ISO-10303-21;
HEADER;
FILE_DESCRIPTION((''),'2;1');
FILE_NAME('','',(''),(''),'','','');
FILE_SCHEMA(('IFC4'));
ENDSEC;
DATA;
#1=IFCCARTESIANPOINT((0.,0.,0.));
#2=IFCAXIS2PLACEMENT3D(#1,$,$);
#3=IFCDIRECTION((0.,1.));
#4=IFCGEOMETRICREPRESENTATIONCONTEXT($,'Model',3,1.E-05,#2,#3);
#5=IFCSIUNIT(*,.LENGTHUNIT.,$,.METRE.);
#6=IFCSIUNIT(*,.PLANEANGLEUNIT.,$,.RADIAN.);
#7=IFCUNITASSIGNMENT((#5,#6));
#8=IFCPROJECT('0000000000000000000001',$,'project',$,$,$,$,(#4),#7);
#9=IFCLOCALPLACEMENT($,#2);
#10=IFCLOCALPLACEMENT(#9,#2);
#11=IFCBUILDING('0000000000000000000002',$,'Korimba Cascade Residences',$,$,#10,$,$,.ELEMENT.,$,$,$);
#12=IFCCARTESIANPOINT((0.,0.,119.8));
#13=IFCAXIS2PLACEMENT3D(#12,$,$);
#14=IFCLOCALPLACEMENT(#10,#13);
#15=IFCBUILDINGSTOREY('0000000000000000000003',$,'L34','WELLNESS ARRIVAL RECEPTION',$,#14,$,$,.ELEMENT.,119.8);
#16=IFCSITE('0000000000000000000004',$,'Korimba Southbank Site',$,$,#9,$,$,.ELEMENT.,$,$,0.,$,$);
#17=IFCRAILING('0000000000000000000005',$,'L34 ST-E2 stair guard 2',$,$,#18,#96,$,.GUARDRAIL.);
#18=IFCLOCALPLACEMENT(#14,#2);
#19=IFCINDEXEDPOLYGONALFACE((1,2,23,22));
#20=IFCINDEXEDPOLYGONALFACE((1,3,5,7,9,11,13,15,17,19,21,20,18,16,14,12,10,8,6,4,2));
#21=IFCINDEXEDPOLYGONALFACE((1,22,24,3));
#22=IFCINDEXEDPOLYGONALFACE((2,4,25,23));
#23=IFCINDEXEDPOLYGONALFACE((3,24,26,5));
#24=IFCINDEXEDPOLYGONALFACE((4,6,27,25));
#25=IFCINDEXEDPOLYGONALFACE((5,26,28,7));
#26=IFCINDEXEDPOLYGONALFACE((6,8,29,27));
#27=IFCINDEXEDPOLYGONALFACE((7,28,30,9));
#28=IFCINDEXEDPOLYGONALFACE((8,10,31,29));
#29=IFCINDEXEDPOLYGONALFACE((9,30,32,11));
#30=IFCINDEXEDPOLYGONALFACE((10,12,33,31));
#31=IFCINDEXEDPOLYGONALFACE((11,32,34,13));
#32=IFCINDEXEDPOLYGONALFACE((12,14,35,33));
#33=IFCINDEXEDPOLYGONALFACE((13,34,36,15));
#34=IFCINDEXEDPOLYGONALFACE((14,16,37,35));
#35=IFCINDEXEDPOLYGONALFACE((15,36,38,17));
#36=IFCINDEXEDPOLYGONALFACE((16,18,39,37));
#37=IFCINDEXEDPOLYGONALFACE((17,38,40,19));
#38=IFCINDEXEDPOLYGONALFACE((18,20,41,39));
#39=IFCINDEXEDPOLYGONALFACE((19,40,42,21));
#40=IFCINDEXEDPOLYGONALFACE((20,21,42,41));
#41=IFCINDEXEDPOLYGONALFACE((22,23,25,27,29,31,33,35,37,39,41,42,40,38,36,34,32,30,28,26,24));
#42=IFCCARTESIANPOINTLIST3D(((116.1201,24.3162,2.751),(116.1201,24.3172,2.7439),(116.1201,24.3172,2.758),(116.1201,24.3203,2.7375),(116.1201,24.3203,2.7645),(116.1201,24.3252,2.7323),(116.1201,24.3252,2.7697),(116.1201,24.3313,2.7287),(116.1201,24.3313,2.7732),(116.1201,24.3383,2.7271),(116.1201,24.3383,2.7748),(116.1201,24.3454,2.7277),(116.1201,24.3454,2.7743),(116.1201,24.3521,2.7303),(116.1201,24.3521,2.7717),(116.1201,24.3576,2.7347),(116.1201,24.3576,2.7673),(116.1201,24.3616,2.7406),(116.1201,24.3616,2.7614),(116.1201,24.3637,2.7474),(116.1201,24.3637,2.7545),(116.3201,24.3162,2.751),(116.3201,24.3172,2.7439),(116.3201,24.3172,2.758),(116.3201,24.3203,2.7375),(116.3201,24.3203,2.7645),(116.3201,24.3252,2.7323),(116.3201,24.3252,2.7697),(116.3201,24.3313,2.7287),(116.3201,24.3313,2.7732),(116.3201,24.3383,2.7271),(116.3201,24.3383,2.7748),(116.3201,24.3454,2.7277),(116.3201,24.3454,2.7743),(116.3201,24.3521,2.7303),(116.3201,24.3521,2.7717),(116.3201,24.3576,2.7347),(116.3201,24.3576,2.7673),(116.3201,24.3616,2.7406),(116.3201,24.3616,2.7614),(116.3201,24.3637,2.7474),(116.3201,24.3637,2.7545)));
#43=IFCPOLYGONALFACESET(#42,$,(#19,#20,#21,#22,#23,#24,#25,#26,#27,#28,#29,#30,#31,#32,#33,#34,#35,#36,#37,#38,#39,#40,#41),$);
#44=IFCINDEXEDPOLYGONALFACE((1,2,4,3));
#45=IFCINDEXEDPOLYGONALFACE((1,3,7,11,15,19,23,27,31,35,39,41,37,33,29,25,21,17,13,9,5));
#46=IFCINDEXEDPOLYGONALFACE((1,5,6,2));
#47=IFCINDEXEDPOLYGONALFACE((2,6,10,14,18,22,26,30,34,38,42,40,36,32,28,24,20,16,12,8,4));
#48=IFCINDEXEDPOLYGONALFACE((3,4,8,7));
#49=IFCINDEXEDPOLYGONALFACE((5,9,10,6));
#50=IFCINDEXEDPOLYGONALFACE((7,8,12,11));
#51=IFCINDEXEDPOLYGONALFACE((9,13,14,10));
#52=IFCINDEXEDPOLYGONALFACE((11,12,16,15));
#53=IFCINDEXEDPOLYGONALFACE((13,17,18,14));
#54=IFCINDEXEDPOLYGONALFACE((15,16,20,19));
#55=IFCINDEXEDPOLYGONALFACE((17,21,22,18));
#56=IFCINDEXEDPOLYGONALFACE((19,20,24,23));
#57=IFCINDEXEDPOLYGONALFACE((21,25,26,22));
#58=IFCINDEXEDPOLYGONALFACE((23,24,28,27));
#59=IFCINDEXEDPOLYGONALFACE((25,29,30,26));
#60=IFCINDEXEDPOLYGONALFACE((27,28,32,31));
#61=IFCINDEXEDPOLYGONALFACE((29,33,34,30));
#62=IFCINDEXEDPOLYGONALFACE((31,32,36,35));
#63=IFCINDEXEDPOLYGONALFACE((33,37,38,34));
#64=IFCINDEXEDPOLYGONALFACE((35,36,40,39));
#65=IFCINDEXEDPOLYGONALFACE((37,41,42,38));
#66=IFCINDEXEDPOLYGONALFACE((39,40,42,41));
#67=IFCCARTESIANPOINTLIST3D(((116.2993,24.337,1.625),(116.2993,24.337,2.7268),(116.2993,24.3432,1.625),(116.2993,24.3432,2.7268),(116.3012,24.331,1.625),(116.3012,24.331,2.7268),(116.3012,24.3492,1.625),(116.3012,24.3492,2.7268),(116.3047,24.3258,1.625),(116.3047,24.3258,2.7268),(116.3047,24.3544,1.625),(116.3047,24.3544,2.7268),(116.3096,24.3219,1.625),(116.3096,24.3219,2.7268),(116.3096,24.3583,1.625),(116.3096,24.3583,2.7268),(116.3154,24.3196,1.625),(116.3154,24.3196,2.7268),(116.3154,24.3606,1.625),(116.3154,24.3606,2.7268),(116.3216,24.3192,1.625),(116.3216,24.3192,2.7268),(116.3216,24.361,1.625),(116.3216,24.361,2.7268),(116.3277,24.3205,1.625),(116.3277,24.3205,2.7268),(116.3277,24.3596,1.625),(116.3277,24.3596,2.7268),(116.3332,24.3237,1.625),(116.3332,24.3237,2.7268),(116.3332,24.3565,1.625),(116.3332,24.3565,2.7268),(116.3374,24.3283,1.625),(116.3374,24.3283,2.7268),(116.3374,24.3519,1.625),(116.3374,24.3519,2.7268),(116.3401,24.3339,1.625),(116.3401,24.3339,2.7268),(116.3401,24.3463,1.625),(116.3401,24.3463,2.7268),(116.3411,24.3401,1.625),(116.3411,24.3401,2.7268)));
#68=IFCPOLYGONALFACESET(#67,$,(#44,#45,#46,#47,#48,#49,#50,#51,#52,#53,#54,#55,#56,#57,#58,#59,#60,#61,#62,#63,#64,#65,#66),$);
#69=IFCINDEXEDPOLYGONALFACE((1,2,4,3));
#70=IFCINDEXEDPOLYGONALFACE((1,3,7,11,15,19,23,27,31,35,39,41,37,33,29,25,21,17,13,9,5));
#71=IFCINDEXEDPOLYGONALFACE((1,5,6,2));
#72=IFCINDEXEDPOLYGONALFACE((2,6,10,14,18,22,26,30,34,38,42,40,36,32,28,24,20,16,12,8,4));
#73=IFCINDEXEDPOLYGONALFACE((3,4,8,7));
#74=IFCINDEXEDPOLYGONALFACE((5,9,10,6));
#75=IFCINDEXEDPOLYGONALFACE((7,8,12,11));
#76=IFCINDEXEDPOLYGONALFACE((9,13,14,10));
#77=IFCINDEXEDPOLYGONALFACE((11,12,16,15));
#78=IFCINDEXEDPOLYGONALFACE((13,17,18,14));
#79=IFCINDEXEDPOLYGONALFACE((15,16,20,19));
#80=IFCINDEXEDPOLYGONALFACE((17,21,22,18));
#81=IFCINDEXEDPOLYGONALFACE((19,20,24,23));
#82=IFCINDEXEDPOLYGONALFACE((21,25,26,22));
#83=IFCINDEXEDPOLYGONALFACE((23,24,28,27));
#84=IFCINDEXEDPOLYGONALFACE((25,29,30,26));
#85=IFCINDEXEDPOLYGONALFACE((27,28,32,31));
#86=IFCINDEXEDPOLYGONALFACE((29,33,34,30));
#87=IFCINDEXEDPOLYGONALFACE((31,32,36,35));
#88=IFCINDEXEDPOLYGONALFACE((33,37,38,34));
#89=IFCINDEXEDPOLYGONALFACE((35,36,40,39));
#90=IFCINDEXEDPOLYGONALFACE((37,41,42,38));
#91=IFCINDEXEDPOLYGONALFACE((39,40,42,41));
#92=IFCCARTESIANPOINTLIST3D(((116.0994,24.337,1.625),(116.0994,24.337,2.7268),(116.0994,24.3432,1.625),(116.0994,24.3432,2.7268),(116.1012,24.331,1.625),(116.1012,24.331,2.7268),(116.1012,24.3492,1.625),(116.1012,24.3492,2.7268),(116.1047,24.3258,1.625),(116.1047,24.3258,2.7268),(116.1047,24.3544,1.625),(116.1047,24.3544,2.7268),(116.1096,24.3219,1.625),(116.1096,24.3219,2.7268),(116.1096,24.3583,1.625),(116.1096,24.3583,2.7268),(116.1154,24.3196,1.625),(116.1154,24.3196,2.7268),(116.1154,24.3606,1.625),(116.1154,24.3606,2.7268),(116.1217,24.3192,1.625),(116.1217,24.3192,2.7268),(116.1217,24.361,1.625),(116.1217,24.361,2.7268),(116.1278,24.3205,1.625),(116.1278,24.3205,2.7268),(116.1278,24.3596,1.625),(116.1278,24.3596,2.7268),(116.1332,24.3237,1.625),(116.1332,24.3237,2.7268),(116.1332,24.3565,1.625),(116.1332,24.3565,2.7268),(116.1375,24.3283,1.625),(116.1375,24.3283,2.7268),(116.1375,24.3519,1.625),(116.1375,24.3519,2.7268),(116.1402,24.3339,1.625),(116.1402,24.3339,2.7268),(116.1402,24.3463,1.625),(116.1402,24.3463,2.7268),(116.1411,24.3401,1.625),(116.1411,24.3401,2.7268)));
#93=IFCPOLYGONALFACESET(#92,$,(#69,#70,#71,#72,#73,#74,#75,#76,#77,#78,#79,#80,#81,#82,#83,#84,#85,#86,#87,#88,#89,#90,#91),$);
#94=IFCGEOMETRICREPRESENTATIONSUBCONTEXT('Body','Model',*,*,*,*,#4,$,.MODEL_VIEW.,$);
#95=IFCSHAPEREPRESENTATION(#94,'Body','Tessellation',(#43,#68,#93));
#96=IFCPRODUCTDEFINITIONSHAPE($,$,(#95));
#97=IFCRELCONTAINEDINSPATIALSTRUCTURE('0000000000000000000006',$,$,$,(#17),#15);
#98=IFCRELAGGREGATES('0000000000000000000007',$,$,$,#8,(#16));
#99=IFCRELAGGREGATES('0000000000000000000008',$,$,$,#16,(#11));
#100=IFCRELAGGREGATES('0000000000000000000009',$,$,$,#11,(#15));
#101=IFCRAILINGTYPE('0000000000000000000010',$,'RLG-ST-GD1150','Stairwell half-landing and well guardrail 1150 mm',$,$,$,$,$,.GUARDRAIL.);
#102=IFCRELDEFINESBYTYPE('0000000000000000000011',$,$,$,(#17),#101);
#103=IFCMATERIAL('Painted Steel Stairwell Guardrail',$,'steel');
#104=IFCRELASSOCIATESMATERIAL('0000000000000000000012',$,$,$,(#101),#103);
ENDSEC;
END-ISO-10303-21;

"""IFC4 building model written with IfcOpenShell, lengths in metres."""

from ifc_helpers import new_model, si_unit, direction, frame, origin, origin_2d, place, context, subcontext, project, spatial, circle, extrude, material, type_object, element, save


model = new_model("IFC4")

# Units and contexts
model_context = context("Model", 3, precision=1e-05, world=origin(), true_north=direction((0.0, 1.0)))
body_context = subcontext(model_context, "Body", "Model", "MODEL_VIEW")
ifc_project = project(units=[si_unit("LENGTHUNIT", "METRE"), si_unit("PLANEANGLEUNIT", "RADIAN")], contexts=[model_context])

# Site, building, storey
site_placement = place(None, origin())
site = spatial("IfcSite", under=ifc_project, at=site_placement, Name="Korimba Southbank Site", CompositionType="ELEMENT", RefElevation=0.0)
building_placement = place(site_placement, origin())
building = spatial("IfcBuilding", under=site, at=building_placement, Name="Korimba Cascade Residences", CompositionType="ELEMENT")
storey_placement = place(building_placement, frame((0.0, 0.0, 119.8)))
storey = spatial("IfcBuildingStorey", under=building, at=storey_placement, Name="L34", Description="WELLNESS ARRIVAL RECEPTION", CompositionType="ELEMENT", Elevation=119.8)

# Railing
ifc_material_1 = material(Name="Painted Steel Stairwell Guardrail", Category="steel")
railing_type_1 = type_object("IfcRailingType", Name="RLG-ST-GD1150", Description="Stairwell half-landing and well guardrail 1150 mm", PredefinedType="GUARDRAIL", material=ifc_material_1)
railing_1_placement = place(storey_placement, frame((116.3201, 24.3401, 1.625)))
element("IfcRailing", 1, at=railing_1_placement, inside=storey, type_object=railing_type_1, Name="L34 ST-E2 stair guard 2", PredefinedType="GUARDRAIL", context=body_context, shape_type="SweptSolid", body=[
    extrude(circle(Radius=0.0239, at=origin_2d()), frame((0.0, 0.0, 1.126), z_axis=(-1.0, 0.0, 0.0), x_axis=(0.0, -1.0, 0.0)), (0.0, 0.0, 1.0), 0.2),
    extrude(circle(Radius=0.021, at=origin_2d()), origin(), (0.0, 0.0, 1.0), 1.1018),
    extrude(circle(Radius=0.021, at=origin_2d()), frame((-0.2, 0.0, 0.0)), (0.0, 0.0, 1.0), 1.1018),
])

save(model, "model.ifc")
